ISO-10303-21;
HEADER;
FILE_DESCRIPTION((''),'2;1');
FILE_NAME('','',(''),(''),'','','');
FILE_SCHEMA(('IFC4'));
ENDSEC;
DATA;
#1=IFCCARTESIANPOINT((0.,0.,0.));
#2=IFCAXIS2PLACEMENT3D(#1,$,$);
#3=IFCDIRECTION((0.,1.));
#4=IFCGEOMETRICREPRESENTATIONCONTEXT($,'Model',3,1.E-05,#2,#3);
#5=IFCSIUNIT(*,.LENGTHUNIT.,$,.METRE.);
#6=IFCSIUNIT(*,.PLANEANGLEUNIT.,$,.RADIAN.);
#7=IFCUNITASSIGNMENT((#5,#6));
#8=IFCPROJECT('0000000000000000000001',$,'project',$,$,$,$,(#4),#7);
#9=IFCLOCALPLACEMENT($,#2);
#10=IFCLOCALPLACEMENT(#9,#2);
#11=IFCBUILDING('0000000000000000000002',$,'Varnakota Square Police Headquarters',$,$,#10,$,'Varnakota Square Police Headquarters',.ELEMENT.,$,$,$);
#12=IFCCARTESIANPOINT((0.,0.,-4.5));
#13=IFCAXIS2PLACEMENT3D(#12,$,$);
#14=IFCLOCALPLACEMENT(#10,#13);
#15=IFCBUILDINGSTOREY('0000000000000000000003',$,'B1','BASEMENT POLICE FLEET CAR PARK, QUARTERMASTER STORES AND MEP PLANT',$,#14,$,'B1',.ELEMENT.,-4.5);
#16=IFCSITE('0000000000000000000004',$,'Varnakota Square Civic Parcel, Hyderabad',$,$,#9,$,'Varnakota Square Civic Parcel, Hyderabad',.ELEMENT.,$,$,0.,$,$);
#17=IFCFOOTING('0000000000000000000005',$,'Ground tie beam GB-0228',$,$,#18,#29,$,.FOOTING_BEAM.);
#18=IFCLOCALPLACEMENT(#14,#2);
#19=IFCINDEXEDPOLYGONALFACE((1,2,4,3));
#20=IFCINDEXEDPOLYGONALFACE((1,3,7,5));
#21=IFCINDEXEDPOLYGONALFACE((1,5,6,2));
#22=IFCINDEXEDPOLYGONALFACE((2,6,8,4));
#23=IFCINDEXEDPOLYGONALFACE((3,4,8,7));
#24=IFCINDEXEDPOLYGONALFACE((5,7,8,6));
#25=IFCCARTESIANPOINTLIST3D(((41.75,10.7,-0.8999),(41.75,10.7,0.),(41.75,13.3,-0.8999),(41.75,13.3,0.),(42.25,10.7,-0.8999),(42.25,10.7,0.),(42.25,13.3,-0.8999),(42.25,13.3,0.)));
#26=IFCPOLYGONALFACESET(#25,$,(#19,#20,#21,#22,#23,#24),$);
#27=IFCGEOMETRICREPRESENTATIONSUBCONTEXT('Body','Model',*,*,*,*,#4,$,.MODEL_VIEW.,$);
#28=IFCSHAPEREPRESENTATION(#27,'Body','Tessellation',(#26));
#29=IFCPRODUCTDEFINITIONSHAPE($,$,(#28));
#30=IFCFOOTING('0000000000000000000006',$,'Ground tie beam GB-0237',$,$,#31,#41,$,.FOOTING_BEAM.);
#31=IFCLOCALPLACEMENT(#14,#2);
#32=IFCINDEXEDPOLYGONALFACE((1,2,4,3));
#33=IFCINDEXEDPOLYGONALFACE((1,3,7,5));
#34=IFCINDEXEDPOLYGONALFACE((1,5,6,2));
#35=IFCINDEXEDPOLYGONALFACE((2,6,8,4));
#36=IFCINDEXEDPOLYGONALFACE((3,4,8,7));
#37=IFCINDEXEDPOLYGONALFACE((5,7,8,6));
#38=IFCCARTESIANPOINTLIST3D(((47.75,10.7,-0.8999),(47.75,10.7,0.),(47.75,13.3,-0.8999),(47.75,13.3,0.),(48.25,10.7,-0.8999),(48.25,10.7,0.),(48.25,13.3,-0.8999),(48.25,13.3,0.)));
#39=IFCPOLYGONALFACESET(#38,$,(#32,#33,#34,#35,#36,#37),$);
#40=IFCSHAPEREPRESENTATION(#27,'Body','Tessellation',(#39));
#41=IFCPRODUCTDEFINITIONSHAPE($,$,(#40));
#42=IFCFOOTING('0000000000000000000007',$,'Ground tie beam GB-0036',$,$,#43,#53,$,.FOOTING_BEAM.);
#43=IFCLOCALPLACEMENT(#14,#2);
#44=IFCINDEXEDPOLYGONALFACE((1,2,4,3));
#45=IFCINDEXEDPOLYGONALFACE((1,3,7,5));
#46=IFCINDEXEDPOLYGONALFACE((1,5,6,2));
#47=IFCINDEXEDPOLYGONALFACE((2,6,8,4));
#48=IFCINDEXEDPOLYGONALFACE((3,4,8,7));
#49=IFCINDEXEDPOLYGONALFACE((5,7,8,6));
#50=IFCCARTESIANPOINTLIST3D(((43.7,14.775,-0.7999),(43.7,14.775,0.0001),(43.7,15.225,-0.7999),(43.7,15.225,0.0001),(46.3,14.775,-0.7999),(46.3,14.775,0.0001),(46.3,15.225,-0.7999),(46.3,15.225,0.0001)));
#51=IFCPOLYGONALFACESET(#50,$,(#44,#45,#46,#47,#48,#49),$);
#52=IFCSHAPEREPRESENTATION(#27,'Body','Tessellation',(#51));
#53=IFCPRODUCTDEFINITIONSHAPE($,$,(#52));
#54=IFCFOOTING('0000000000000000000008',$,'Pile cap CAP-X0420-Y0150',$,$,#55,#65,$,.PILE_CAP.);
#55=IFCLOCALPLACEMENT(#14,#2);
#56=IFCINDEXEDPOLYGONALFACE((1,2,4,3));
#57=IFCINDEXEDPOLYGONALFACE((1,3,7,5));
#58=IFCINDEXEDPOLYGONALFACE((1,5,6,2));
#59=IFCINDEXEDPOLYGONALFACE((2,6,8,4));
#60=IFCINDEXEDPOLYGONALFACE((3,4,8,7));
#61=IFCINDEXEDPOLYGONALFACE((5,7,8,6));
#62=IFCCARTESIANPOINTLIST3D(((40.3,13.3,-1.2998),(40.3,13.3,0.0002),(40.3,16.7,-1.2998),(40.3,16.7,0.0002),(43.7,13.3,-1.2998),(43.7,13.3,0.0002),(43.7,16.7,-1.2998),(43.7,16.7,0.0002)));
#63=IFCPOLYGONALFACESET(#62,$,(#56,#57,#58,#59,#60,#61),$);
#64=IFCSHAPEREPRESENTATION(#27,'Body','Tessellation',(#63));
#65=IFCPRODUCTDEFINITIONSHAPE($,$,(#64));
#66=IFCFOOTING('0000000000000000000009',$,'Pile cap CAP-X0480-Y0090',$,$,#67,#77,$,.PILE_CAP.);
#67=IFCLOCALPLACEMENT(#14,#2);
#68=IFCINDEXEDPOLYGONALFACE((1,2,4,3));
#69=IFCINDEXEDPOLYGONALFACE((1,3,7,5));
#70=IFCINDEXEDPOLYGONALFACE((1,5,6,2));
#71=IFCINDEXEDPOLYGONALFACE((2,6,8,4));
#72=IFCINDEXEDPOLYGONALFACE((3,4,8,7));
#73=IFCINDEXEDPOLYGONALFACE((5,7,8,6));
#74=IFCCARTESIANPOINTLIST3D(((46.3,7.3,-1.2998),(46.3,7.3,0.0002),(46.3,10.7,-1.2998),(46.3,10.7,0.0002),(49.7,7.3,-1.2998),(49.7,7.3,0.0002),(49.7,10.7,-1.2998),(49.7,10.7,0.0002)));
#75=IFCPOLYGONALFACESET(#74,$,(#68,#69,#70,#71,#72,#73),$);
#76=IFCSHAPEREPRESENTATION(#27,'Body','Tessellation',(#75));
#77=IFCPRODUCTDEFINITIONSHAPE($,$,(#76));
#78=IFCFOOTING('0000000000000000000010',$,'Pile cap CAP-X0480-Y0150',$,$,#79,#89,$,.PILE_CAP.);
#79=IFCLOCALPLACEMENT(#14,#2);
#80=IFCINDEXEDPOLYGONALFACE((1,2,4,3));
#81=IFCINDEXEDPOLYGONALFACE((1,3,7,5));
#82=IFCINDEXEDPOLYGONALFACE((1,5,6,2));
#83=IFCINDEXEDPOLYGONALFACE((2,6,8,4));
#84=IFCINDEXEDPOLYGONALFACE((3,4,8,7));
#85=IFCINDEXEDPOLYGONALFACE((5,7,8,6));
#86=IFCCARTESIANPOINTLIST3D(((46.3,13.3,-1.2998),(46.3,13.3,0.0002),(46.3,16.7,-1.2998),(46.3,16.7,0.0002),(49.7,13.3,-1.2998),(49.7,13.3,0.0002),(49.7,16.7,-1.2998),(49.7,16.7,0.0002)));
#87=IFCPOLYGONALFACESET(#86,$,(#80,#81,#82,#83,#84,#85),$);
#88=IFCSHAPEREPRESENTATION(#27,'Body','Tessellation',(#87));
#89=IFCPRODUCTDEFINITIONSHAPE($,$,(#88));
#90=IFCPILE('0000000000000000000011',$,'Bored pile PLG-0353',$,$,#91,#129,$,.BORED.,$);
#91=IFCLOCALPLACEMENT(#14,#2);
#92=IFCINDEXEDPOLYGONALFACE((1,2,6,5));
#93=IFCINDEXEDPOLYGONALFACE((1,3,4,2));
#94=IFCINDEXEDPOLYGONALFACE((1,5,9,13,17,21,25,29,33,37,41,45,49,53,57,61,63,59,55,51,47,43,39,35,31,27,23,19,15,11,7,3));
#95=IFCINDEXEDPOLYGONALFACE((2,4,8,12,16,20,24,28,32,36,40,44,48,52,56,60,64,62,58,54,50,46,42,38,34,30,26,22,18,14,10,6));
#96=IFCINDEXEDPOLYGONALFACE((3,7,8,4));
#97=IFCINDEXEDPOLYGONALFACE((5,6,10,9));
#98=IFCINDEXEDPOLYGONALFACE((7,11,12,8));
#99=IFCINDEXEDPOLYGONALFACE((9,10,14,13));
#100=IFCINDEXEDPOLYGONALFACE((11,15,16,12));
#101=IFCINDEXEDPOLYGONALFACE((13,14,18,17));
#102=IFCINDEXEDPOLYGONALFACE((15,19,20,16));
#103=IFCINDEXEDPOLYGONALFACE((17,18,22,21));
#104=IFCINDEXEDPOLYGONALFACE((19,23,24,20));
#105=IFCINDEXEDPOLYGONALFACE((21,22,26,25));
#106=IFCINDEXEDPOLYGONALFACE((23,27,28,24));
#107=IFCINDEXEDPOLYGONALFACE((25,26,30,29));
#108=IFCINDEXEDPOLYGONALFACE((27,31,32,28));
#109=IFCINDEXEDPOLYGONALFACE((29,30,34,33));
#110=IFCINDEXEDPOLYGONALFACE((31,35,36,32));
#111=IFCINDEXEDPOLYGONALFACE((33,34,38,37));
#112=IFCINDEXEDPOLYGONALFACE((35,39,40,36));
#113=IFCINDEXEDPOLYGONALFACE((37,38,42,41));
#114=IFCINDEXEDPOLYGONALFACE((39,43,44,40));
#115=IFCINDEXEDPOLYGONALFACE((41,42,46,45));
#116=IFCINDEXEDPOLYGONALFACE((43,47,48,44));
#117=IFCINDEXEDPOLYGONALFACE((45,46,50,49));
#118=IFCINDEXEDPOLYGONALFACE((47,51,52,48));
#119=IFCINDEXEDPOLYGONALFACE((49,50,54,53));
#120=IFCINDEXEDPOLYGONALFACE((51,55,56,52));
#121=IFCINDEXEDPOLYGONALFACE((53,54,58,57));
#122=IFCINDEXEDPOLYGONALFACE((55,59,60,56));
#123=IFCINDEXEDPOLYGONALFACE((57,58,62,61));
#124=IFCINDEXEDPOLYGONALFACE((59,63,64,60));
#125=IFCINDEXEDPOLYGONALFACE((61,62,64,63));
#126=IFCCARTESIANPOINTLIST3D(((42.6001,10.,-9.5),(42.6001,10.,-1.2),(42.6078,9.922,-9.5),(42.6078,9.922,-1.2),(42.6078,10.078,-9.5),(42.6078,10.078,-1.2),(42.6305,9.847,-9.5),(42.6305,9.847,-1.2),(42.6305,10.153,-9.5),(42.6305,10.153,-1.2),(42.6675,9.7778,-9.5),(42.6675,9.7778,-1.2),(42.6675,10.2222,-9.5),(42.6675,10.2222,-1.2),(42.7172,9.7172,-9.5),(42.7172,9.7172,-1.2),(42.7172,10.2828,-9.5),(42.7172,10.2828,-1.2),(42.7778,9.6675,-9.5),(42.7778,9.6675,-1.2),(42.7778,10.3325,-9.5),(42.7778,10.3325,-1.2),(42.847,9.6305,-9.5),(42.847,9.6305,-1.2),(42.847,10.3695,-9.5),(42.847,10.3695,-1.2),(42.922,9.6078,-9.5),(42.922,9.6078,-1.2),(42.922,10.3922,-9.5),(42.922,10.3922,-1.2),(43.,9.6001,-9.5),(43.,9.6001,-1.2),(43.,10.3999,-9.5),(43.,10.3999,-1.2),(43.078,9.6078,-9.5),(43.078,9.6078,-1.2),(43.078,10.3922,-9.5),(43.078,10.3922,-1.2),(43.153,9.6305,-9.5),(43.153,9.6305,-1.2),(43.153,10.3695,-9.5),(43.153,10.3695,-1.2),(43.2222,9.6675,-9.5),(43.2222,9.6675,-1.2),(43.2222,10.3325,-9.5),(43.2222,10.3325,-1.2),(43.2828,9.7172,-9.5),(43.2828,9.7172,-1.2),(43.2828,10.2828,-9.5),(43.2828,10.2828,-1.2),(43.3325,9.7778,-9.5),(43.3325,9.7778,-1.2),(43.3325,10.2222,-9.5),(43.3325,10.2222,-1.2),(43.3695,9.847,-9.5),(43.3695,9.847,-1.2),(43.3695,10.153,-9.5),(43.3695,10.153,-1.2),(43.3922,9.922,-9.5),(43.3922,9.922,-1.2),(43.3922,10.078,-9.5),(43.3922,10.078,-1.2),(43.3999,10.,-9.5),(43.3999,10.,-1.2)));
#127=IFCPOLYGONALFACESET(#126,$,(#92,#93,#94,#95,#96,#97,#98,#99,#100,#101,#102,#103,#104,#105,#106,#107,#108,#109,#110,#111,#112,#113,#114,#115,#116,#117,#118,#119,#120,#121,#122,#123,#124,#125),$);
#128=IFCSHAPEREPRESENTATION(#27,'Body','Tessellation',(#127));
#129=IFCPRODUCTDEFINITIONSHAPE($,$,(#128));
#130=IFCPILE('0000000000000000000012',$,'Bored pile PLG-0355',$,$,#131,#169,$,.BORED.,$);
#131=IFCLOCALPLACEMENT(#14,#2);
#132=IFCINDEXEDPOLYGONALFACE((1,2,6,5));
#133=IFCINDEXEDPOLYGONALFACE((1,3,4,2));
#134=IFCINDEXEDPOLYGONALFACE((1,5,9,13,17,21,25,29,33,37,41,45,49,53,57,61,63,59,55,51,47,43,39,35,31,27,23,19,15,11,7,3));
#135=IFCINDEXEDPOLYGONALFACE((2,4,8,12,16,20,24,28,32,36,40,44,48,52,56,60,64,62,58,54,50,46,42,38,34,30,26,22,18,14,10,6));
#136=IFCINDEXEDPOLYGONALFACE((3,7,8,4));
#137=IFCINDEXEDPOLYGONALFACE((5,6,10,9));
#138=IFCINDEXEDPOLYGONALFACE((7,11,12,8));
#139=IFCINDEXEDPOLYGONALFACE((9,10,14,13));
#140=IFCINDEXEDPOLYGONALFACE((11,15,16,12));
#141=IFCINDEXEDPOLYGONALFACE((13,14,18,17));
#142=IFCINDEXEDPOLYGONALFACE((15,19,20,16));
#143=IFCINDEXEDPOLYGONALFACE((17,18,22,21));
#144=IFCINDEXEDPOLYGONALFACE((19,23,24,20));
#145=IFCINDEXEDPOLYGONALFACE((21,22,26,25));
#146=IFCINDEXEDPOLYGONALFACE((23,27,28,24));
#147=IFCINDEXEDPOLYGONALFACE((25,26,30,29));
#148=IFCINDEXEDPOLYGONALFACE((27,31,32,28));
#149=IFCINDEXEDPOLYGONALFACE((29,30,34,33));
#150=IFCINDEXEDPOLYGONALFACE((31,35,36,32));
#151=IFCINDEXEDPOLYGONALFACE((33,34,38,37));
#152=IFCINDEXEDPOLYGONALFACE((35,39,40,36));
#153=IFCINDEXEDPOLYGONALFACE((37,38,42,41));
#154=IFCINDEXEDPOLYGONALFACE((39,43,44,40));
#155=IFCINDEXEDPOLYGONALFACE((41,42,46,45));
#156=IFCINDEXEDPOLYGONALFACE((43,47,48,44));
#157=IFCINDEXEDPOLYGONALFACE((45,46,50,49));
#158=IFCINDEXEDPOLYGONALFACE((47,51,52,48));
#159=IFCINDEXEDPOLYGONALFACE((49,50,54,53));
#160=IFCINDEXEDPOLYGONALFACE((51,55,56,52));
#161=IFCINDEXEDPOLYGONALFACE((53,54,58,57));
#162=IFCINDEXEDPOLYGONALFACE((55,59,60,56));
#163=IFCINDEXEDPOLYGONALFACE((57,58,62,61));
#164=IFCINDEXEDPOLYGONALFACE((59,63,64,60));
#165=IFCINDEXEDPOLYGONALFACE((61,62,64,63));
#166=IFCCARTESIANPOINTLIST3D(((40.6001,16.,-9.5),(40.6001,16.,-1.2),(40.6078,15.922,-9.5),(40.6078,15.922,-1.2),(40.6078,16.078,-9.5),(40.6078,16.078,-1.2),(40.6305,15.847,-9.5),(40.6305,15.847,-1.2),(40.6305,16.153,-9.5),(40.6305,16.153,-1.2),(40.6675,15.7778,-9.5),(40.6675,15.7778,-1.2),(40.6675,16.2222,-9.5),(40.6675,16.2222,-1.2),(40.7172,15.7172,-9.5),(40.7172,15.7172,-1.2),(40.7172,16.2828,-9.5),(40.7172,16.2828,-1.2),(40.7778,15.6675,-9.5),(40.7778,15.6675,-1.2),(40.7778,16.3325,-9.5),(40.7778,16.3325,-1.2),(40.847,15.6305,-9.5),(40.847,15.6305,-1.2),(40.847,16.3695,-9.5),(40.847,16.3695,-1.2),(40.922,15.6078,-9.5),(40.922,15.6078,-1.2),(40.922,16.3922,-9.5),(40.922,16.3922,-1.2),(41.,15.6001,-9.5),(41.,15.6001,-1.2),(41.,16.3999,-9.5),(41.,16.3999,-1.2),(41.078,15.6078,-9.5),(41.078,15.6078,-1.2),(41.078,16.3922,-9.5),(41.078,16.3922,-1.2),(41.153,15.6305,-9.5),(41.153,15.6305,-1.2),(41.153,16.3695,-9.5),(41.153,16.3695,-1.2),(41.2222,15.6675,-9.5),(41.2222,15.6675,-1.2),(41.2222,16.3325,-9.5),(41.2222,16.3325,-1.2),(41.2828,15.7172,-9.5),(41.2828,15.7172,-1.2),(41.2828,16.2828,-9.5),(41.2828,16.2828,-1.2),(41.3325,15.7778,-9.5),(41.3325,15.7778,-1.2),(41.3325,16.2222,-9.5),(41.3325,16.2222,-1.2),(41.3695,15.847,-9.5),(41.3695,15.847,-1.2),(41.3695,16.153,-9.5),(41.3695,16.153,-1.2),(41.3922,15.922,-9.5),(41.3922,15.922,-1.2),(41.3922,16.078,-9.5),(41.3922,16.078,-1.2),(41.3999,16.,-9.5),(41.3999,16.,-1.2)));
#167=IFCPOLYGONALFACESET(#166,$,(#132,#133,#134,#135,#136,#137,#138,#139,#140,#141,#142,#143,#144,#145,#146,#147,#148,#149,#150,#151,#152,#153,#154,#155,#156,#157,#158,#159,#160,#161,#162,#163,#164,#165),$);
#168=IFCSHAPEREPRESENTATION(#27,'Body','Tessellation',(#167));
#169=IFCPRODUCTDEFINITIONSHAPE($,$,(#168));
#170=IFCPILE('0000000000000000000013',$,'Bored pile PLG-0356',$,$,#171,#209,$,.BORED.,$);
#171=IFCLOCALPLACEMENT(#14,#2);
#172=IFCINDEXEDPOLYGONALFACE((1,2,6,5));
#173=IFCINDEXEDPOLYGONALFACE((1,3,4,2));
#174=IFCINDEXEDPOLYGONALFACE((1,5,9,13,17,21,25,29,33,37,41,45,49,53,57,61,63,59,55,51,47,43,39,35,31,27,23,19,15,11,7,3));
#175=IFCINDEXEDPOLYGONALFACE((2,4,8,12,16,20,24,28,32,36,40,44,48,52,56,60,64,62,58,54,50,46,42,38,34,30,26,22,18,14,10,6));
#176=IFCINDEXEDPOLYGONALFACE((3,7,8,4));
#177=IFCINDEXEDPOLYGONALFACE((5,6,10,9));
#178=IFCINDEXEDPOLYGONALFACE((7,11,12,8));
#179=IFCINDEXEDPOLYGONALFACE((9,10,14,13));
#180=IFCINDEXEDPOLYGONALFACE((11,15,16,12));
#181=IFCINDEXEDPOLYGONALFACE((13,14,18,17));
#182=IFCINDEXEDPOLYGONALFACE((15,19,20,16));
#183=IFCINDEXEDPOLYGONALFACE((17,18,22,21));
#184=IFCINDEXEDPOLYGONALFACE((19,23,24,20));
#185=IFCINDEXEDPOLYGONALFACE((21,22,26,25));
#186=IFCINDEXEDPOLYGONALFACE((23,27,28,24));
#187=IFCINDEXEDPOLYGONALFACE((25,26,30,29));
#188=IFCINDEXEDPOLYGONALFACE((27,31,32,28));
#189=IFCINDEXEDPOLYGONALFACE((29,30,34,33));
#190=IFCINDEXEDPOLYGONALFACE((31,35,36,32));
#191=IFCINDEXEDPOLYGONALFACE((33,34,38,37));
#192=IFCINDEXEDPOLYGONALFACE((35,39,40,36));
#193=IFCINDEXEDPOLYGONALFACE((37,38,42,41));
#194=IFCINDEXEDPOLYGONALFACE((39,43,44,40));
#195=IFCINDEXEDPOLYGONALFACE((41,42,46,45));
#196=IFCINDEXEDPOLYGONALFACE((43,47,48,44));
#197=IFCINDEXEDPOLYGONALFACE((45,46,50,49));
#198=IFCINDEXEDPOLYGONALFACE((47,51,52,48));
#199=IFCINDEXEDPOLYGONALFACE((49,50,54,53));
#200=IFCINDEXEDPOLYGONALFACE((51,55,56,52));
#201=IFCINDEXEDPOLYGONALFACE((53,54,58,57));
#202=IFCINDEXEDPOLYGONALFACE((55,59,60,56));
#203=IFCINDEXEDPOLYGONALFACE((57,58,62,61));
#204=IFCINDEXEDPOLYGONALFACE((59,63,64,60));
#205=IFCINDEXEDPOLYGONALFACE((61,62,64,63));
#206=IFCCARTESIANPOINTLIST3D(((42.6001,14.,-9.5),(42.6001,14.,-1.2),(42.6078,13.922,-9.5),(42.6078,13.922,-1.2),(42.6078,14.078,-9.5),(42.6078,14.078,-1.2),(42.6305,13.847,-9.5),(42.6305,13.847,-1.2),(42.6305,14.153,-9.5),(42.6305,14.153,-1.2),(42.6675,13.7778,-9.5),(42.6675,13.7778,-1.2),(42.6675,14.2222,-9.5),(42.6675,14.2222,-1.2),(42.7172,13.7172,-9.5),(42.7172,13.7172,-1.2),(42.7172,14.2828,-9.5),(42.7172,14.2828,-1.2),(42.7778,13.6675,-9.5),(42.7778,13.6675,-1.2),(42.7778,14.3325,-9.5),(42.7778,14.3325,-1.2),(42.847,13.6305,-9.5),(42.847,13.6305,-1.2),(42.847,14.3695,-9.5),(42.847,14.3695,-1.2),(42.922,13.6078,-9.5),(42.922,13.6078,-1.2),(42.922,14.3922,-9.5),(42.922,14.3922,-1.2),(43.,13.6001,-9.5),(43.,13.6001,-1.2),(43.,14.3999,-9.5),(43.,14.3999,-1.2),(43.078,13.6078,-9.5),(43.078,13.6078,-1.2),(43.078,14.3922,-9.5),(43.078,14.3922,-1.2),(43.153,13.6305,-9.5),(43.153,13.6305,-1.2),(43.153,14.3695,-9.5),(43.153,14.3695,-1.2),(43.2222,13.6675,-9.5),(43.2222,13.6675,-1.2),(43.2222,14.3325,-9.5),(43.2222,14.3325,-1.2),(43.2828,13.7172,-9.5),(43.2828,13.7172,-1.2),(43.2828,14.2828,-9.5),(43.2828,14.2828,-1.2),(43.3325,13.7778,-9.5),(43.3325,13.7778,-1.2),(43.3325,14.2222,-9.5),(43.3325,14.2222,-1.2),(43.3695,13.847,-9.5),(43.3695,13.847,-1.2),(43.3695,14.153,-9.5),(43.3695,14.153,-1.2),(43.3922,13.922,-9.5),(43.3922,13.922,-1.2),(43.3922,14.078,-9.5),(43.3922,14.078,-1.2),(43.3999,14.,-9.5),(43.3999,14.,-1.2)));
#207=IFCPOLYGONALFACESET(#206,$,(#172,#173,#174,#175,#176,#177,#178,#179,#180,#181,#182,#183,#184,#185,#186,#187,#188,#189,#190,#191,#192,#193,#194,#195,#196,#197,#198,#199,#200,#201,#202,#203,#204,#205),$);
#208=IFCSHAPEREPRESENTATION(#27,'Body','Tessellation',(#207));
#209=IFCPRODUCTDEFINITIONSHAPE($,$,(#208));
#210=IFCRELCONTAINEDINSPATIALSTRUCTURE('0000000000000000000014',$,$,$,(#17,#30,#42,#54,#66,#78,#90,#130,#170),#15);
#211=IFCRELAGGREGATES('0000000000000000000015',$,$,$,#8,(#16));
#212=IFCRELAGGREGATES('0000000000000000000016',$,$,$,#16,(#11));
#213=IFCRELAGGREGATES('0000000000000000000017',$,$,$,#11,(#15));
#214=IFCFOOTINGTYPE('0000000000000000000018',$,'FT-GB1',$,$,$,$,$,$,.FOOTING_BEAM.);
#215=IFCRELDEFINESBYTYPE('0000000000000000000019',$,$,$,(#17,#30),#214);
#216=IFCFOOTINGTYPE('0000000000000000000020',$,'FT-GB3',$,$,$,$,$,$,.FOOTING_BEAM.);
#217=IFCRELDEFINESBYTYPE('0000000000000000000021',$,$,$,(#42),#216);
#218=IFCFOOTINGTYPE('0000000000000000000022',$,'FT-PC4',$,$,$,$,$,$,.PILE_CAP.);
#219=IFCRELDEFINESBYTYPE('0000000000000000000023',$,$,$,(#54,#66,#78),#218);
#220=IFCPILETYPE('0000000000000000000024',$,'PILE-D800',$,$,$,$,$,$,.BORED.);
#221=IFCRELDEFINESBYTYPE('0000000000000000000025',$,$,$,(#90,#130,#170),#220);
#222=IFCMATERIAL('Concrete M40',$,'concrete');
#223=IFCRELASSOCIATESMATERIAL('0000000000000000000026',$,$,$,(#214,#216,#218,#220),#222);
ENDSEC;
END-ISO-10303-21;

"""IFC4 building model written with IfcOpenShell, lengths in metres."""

from ifc_helpers import new_model, si_unit, direction, frame, origin, origin_2d, place, context, subcontext, project, spatial, rectangle, circle, extrude, material, material_profile, profile_set, type_object, element, save


model = new_model("IFC4")

# Units and contexts
model_context = context("Model", 3, precision=1e-05, world=origin(), true_north=direction((0.0, 1.0)))
body_context = subcontext(model_context, "Body", "Model", "MODEL_VIEW")
ifc_project = project(units=[si_unit("LENGTHUNIT", "METRE"), si_unit("PLANEANGLEUNIT", "RADIAN")], contexts=[model_context])

# Site, building, storey
site_placement = place(None, origin())
site = spatial("IfcSite", under=ifc_project, at=site_placement, Name="Varnakota Square Civic Parcel, Hyderabad", LongName="Varnakota Square Civic Parcel, Hyderabad", CompositionType="ELEMENT", RefElevation=0.0)
building_placement = place(site_placement, origin())
building = spatial("IfcBuilding", under=site, at=building_placement, Name="Varnakota Square Police Headquarters", LongName="Varnakota Square Police Headquarters", CompositionType="ELEMENT")
storey_placement = place(building_placement, frame((0.0, 0.0, -4.5)))
storey = spatial("IfcBuildingStorey", under=building, at=storey_placement, Name="B1", Description="BASEMENT POLICE FLEET CAR PARK, QUARTERMASTER STORES AND MEP PLANT", LongName="B1", CompositionType="ELEMENT", Elevation=-4.5)

# Footings
ifc_material_1 = material(Name="Concrete M40", Category="concrete")
ifc_material_profile_1 = material_profile(ifc_material_1, rectangle(XDim=0.5, YDim=0.8999, at=origin_2d()), Name="GB 500x900")
ifc_profile_set_1 = profile_set([ifc_material_profile_1], Name="Concrete M40")
footing_type_1 = type_object("IfcFootingType", Name="FT-GB1", PredefinedType="FOOTING_BEAM", material=ifc_profile_set_1)
for number, where, z_axis, x_axis, name in (
    (1, (42.0, 10.7, -0.45), (0.0, 1.0, 0.0), (-1.0, 0.0, 0.0), "Ground tie beam GB-0228"),
    (2, (48.0, 10.7, -0.45), (0.0, 1.0, 0.0), (-1.0, 0.0, 0.0), "Ground tie beam GB-0237"),
):
    element("IfcFooting", number, at=place(storey_placement, frame(where, z_axis=z_axis, x_axis=x_axis)), inside=storey, type_object=footing_type_1, Name=name, PredefinedType="FOOTING_BEAM", context=body_context, shape_type="SweptSolid", body=[
        extrude(rectangle(XDim=0.5, YDim=0.8999, at=origin_2d()), origin(), (0.0, 0.0, 1.0), 2.6001),
    ])
ifc_material_profile_2 = material_profile(ifc_material_1, rectangle(XDim=0.45, YDim=0.8, at=origin_2d()), Name="GB 450x800")
ifc_profile_set_2 = profile_set([ifc_material_profile_2], Name="Concrete M40")
footing_type_2 = type_object("IfcFootingType", Name="FT-GB3", PredefinedType="FOOTING_BEAM", material=ifc_profile_set_2)
footing_placement = place(storey_placement, frame((43.7, 15.0, -0.3999), z_axis=(1.0, 0.0, 0.0), x_axis=(0.0, 1.0, 0.0)))
element("IfcFooting", 3, at=footing_placement, inside=storey, type_object=footing_type_2, Name="Ground tie beam GB-0036", PredefinedType="FOOTING_BEAM", context=body_context, shape_type="SweptSolid", body=[
    extrude(rectangle(XDim=0.45, YDim=0.8, at=origin_2d()), origin(), (0.0, 0.0, 1.0), 2.6001),
])
footing_type_3 = type_object("IfcFootingType", Name="FT-PC4", PredefinedType="PILE_CAP", material=ifc_material_1)
for number, where, z_axis, x_axis, name in (
    (4, (42.0, 15.0, -1.2998), (0.0, 0.0, 1.0), (1.0, 0.0, 0.0), "Pile cap CAP-X0420-Y0150"),
    (5, (48.0, 9.0, -1.2998), (0.0, 0.0, 1.0), (1.0, 0.0, 0.0), "Pile cap CAP-X0480-Y0090"),
    (6, (48.0, 15.0, -1.2998), (0.0, 0.0, 1.0), (1.0, 0.0, 0.0), "Pile cap CAP-X0480-Y0150"),
):
    element("IfcFooting", number, at=place(storey_placement, frame(where, z_axis=z_axis, x_axis=x_axis)), inside=storey, type_object=footing_type_3, Name=name, PredefinedType="PILE_CAP", context=body_context, shape_type="SweptSolid", body=[
        extrude(rectangle(XDim=3.3999, YDim=3.3999, at=origin_2d()), origin(), (0.0, 0.0, 1.0), 1.3),
    ])

# Piles
ifc_material_profile_3 = material_profile(ifc_material_1, circle(Radius=0.3999, at=origin_2d()), Name="BORED PILE 800")
ifc_profile_set_3 = profile_set([ifc_material_profile_3], Name="Concrete M40")
pile_type = type_object("IfcPileType", Name="PILE-D800", PredefinedType="BORED", material=ifc_profile_set_3)
for number, where, z_axis, x_axis, name in (
    (7, (43.0, 10.0, -1.2), (0.0, 0.0, -1.0), (1.0, 0.0, 0.0), "Bored pile PLG-0353"),
    (8, (41.0, 16.0, -1.2), (0.0, 0.0, -1.0), (1.0, 0.0, 0.0), "Bored pile PLG-0355"),
    (9, (43.0, 14.0, -1.2), (0.0, 0.0, -1.0), (1.0, 0.0, 0.0), "Bored pile PLG-0356"),
):
    element("IfcPile", number, at=place(storey_placement, frame(where, z_axis=z_axis, x_axis=x_axis)), inside=storey, type_object=pile_type, Name=name, PredefinedType="BORED", context=body_context, shape_type="SweptSolid", body=[
        extrude(circle(Radius=0.3999, at=origin_2d()), origin(), (0.0, 0.0, 1.0), 8.3),
    ])

save(model, "model.ifc")
